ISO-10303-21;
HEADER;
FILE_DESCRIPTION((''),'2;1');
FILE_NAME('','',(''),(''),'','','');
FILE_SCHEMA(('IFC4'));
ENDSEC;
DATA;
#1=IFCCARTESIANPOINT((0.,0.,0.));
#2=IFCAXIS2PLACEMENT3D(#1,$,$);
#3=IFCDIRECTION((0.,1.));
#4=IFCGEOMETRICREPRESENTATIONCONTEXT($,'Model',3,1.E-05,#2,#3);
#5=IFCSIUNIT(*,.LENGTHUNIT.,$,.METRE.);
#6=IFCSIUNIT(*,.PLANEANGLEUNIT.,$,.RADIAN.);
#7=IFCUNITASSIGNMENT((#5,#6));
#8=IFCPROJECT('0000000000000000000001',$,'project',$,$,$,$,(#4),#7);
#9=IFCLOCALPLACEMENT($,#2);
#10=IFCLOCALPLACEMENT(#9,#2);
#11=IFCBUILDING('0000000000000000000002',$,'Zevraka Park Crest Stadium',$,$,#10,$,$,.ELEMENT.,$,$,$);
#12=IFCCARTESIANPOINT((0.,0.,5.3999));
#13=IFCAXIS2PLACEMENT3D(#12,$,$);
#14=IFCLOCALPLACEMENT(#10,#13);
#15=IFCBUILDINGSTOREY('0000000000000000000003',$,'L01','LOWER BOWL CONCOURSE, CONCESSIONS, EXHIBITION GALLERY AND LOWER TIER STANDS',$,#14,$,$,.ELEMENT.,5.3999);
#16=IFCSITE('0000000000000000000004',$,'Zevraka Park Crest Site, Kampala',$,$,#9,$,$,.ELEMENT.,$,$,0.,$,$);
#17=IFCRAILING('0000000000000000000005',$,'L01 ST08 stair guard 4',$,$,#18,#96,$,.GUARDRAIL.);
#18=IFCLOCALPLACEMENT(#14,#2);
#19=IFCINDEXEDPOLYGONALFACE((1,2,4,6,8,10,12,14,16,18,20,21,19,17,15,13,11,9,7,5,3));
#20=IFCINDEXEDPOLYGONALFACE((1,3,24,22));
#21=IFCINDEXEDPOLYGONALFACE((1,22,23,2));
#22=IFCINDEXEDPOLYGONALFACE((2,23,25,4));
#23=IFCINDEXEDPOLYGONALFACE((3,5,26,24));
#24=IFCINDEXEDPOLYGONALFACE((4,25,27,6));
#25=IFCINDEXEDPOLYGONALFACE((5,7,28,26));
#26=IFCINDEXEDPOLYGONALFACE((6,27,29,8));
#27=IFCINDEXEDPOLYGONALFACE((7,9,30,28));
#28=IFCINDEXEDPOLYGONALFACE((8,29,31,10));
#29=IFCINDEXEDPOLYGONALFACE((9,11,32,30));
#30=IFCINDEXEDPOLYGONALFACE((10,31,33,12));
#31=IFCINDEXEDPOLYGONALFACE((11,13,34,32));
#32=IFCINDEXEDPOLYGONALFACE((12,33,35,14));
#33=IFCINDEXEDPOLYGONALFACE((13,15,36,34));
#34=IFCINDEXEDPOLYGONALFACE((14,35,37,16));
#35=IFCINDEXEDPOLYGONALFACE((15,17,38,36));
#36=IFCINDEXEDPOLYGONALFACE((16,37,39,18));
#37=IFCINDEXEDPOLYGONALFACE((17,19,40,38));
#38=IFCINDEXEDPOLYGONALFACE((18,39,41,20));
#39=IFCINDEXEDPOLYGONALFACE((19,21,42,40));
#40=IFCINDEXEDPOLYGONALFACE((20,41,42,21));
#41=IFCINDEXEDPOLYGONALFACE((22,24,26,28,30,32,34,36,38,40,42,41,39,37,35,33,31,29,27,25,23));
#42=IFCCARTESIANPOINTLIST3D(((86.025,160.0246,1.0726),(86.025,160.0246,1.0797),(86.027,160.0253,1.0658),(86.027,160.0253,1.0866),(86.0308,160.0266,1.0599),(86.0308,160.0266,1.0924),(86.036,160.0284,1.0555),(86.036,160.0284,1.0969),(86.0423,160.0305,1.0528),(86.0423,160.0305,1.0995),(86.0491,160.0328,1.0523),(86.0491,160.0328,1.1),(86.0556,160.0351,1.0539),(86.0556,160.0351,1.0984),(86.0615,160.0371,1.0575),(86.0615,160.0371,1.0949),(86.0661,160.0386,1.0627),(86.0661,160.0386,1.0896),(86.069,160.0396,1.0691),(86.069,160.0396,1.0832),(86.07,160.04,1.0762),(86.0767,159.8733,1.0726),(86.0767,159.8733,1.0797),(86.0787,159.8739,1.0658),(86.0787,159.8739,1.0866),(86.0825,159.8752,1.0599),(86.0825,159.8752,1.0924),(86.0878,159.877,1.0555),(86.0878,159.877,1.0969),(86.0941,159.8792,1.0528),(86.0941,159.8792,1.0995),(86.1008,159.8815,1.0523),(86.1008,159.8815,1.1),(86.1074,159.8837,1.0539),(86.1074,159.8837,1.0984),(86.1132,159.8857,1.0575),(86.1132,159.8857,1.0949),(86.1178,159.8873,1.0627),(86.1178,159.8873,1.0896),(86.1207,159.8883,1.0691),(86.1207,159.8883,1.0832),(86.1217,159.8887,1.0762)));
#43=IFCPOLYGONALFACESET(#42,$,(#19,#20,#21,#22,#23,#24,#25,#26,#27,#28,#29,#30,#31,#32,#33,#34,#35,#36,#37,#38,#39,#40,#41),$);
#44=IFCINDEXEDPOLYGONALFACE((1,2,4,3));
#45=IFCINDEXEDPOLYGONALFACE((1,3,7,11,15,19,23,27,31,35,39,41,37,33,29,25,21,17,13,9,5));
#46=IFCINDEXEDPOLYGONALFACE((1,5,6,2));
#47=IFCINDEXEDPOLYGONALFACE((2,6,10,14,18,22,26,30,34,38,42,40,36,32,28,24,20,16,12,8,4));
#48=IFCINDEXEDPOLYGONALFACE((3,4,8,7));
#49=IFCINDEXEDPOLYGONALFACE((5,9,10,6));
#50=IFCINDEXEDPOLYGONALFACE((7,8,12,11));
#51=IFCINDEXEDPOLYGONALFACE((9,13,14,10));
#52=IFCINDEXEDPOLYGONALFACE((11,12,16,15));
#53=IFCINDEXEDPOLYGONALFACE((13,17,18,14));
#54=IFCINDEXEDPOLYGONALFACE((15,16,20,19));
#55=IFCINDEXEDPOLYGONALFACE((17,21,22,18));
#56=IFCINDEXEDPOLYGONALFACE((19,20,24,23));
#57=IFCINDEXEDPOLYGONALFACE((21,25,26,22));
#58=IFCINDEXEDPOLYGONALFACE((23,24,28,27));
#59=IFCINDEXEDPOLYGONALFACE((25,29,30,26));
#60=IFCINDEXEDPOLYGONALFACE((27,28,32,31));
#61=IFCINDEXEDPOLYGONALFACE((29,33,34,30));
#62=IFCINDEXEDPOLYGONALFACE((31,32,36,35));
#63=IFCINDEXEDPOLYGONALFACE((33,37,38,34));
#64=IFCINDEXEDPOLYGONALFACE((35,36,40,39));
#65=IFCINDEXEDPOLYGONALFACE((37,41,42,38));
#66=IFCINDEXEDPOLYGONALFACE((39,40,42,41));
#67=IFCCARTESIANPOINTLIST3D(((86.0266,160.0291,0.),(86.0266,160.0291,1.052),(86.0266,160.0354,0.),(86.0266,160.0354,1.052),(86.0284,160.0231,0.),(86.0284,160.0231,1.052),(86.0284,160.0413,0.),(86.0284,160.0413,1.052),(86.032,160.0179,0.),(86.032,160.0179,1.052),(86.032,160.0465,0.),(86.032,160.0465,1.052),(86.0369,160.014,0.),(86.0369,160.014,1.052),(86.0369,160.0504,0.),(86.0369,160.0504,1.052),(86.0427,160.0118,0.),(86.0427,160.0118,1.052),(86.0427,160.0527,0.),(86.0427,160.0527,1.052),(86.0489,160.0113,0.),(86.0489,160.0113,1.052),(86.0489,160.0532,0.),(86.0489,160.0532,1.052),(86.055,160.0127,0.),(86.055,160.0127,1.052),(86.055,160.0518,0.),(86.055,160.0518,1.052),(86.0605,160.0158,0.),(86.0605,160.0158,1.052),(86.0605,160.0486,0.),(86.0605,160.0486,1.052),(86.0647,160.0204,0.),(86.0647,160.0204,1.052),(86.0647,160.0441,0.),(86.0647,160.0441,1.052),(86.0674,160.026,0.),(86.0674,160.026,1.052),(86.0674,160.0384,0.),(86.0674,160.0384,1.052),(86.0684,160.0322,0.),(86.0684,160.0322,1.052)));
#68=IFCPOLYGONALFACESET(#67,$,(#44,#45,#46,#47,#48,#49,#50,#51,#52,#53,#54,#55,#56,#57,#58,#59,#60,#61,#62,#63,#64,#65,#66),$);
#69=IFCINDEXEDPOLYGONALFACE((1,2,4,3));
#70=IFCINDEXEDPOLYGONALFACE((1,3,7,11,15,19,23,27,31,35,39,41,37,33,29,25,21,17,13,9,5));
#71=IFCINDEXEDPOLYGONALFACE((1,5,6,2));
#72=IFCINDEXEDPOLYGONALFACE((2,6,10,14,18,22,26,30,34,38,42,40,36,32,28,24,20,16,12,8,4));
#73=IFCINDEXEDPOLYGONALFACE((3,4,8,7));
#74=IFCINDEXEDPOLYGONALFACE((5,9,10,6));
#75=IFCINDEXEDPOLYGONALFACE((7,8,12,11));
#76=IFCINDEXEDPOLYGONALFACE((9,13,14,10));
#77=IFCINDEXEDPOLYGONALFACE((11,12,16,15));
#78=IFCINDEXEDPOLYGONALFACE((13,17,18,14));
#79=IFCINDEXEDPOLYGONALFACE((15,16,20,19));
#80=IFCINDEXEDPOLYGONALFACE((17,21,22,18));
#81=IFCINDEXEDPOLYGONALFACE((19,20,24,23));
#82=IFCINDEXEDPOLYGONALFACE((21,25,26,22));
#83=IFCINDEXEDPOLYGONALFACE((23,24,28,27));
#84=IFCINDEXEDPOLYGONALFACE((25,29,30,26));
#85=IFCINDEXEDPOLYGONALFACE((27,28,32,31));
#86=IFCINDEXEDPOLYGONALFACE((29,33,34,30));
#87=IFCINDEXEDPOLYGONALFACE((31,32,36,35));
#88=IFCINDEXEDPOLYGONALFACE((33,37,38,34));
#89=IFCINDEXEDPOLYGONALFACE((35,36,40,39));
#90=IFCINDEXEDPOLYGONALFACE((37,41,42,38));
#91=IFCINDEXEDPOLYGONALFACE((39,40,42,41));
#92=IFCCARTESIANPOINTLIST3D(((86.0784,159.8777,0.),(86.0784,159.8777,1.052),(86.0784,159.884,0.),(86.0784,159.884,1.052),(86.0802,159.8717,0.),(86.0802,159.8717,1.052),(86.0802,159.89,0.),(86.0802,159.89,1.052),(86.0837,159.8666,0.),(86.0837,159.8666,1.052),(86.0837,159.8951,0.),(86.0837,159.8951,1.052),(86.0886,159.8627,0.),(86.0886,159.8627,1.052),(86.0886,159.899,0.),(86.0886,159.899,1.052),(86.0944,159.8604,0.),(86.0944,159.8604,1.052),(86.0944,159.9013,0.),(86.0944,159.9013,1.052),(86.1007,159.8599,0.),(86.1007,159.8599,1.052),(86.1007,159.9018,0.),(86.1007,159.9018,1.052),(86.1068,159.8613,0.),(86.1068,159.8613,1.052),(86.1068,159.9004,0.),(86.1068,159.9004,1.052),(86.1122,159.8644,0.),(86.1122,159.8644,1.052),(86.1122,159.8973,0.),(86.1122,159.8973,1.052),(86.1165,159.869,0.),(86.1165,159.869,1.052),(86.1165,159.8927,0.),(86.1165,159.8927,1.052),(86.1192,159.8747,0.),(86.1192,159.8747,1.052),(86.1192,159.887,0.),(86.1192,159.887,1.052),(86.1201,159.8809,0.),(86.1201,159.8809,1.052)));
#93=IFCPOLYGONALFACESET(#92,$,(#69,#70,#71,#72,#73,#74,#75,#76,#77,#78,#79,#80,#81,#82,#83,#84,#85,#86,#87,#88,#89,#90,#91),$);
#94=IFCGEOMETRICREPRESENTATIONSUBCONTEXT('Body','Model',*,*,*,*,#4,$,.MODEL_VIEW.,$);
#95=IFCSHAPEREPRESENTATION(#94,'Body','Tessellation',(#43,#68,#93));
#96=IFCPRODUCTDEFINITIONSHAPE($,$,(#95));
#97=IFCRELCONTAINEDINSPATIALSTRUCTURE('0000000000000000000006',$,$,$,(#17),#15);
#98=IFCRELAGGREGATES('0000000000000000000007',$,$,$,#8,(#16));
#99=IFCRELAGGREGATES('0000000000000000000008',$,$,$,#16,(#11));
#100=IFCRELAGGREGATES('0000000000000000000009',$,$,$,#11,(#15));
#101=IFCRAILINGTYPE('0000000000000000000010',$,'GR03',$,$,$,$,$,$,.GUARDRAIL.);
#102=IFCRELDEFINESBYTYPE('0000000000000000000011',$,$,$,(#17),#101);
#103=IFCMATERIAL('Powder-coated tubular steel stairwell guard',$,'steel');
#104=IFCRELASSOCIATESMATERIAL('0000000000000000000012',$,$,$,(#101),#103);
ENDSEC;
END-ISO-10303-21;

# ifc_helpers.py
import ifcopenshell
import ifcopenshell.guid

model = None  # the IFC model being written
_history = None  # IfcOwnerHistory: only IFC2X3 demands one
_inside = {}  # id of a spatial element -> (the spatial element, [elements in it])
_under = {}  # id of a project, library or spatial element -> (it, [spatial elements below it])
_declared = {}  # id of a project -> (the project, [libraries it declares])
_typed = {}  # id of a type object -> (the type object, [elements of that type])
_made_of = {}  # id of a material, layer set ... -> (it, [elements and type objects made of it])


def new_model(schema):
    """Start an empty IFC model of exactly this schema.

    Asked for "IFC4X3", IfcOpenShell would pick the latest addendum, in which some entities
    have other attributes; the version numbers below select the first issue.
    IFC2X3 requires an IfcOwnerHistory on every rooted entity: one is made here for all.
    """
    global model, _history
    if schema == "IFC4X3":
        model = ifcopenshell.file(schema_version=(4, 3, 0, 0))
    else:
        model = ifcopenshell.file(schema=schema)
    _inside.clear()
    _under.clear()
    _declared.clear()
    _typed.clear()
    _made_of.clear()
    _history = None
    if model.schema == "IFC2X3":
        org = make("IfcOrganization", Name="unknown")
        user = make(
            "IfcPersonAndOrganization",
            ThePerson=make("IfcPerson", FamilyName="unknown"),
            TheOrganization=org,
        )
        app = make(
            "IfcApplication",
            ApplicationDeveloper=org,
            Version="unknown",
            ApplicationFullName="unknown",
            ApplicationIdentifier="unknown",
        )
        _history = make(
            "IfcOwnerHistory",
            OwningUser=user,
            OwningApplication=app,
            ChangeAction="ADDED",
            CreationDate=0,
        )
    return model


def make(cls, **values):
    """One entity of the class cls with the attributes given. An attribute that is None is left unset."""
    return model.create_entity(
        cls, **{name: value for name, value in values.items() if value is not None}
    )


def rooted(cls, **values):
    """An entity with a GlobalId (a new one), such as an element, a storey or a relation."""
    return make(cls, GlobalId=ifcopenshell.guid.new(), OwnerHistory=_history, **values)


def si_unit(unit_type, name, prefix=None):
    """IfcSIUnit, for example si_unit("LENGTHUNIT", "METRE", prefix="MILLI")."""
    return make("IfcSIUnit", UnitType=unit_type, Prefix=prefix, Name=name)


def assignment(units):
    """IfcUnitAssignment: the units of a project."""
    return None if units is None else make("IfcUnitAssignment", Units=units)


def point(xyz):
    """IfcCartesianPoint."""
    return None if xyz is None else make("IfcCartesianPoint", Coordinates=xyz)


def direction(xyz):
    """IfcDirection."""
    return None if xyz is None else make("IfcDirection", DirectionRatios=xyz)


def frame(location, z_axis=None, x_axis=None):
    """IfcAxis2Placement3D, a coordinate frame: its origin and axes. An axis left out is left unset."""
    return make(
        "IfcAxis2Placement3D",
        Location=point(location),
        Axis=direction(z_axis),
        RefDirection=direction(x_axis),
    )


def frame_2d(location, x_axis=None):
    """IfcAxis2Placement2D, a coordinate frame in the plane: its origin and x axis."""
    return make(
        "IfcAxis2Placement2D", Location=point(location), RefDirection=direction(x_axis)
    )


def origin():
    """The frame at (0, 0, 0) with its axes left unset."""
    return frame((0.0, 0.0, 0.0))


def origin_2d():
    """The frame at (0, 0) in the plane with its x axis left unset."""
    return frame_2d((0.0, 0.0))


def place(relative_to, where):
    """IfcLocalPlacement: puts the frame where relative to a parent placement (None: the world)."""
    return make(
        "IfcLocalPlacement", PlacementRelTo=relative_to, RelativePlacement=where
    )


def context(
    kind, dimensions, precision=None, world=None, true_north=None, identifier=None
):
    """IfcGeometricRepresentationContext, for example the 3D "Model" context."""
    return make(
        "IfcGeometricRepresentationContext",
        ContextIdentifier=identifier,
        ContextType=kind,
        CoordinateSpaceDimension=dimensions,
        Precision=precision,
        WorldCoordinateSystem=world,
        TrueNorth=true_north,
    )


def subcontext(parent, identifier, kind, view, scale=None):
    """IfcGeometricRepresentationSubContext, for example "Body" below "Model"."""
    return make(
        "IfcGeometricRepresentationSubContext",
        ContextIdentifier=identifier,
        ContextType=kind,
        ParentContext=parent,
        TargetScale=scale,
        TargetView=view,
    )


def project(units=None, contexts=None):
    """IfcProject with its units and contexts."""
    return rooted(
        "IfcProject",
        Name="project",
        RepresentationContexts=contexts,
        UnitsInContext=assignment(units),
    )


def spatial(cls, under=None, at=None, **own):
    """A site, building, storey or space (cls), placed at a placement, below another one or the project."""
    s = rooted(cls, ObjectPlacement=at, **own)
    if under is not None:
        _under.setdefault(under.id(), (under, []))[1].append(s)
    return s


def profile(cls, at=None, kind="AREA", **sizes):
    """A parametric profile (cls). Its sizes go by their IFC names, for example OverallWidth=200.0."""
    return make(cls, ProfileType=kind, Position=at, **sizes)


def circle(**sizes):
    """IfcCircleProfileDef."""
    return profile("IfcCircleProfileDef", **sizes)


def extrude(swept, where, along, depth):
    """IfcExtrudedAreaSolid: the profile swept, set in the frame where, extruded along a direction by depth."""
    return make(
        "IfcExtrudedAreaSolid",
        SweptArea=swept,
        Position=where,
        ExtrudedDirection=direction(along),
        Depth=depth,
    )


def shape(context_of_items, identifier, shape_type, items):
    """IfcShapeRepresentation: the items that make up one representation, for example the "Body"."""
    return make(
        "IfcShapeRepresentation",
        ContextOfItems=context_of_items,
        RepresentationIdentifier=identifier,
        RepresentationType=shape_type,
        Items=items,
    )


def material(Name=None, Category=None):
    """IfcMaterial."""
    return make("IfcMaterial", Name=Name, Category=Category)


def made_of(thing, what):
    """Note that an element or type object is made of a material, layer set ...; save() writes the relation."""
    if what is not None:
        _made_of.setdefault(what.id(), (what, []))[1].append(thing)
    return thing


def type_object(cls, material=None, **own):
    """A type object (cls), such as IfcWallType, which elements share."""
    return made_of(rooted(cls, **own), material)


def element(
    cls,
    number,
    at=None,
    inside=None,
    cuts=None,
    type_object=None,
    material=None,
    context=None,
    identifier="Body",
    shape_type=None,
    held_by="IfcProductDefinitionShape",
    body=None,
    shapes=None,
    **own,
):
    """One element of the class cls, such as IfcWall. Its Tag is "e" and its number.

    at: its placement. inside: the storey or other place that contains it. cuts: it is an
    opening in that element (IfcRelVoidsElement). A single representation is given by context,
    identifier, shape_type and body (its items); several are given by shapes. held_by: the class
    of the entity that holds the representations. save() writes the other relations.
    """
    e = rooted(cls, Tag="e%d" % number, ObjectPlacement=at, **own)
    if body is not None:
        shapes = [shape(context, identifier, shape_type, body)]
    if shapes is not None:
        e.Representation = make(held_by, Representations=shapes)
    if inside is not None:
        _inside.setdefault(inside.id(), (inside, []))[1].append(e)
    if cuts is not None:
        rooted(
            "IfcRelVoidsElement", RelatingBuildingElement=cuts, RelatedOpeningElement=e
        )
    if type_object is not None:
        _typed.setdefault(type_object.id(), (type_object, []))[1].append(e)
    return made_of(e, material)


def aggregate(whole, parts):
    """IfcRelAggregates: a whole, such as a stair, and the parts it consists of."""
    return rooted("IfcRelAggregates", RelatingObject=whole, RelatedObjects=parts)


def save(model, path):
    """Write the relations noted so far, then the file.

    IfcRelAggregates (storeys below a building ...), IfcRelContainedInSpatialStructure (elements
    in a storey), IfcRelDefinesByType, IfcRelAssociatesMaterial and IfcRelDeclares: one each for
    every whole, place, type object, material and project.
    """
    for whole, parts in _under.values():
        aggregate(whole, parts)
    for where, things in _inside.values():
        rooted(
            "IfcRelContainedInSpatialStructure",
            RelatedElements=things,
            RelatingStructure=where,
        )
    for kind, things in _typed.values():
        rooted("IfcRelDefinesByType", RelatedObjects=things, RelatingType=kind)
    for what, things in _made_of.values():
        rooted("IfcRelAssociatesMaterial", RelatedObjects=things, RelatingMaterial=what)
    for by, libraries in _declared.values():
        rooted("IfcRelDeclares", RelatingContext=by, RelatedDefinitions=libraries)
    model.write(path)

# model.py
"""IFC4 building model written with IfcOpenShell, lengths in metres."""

from ifc_helpers import new_model, si_unit, direction, frame, origin, origin_2d, place, context, subcontext, project, spatial, circle, extrude, material, type_object, element, save


model = new_model("IFC4")

# Units and contexts
model_context = context("Model", 3, precision=1e-05, world=origin(), true_north=direction((0.0, 1.0)))
body_context = subcontext(model_context, "Body", "Model", "MODEL_VIEW")
ifc_project = project(units=[si_unit("LENGTHUNIT", "METRE"), si_unit("PLANEANGLEUNIT", "RADIAN")], contexts=[model_context])

# Site, building, storey
site_placement = place(None, origin())
site = spatial("IfcSite", under=ifc_project, at=site_placement, Name="Zevraka Park Crest Site, Kampala", CompositionType="ELEMENT", RefElevation=0.0)
building_placement = place(site_placement, origin())
building = spatial("IfcBuilding", under=site, at=building_placement, Name="Zevraka Park Crest Stadium", CompositionType="ELEMENT")
storey_placement = place(building_placement, frame((0.0, 0.0, 5.3999)))
storey = spatial("IfcBuildingStorey", under=building, at=storey_placement, Name="L01", Description="LOWER BOWL CONCOURSE, CONCESSIONS, EXHIBITION GALLERY AND LOWER TIER STANDS", CompositionType="ELEMENT", Elevation=5.3999)

# Railing
ifc_material_1 = material(Name="Powder-coated tubular steel stairwell guard", Category="steel")
railing_type_1 = type_object("IfcRailingType", Name="GR03", PredefinedType="GUARDRAIL", material=ifc_material_1)
railing_1_placement = place(storey_placement, frame((86.0474, 160.0322, 0.0)))
element("IfcRailing", 1, at=railing_1_placement, inside=storey, type_object=railing_type_1, Name="L01 ST08 stair guard 4", PredefinedType="GUARDRAIL", context=body_context, shape_type="SweptSolid", body=[
    extrude(circle(Radius=0.0239, at=origin_2d()), frame((0.0, 0.0, 1.0762), z_axis=(0.323544, -0.946213, 0.0), x_axis=(0.946213, 0.323544, 0.0)), (0.0, 0.0, 1.0), 0.1599),
    extrude(circle(Radius=0.021, at=origin_2d()), origin(), (0.0, 0.0, 1.0), 1.052),
    extrude(circle(Radius=0.021, at=origin_2d()), frame((0.0518, -0.1514, 0.0)), (0.0, 0.0, 1.0), 1.052),
])

save(model, "model.ifc")
